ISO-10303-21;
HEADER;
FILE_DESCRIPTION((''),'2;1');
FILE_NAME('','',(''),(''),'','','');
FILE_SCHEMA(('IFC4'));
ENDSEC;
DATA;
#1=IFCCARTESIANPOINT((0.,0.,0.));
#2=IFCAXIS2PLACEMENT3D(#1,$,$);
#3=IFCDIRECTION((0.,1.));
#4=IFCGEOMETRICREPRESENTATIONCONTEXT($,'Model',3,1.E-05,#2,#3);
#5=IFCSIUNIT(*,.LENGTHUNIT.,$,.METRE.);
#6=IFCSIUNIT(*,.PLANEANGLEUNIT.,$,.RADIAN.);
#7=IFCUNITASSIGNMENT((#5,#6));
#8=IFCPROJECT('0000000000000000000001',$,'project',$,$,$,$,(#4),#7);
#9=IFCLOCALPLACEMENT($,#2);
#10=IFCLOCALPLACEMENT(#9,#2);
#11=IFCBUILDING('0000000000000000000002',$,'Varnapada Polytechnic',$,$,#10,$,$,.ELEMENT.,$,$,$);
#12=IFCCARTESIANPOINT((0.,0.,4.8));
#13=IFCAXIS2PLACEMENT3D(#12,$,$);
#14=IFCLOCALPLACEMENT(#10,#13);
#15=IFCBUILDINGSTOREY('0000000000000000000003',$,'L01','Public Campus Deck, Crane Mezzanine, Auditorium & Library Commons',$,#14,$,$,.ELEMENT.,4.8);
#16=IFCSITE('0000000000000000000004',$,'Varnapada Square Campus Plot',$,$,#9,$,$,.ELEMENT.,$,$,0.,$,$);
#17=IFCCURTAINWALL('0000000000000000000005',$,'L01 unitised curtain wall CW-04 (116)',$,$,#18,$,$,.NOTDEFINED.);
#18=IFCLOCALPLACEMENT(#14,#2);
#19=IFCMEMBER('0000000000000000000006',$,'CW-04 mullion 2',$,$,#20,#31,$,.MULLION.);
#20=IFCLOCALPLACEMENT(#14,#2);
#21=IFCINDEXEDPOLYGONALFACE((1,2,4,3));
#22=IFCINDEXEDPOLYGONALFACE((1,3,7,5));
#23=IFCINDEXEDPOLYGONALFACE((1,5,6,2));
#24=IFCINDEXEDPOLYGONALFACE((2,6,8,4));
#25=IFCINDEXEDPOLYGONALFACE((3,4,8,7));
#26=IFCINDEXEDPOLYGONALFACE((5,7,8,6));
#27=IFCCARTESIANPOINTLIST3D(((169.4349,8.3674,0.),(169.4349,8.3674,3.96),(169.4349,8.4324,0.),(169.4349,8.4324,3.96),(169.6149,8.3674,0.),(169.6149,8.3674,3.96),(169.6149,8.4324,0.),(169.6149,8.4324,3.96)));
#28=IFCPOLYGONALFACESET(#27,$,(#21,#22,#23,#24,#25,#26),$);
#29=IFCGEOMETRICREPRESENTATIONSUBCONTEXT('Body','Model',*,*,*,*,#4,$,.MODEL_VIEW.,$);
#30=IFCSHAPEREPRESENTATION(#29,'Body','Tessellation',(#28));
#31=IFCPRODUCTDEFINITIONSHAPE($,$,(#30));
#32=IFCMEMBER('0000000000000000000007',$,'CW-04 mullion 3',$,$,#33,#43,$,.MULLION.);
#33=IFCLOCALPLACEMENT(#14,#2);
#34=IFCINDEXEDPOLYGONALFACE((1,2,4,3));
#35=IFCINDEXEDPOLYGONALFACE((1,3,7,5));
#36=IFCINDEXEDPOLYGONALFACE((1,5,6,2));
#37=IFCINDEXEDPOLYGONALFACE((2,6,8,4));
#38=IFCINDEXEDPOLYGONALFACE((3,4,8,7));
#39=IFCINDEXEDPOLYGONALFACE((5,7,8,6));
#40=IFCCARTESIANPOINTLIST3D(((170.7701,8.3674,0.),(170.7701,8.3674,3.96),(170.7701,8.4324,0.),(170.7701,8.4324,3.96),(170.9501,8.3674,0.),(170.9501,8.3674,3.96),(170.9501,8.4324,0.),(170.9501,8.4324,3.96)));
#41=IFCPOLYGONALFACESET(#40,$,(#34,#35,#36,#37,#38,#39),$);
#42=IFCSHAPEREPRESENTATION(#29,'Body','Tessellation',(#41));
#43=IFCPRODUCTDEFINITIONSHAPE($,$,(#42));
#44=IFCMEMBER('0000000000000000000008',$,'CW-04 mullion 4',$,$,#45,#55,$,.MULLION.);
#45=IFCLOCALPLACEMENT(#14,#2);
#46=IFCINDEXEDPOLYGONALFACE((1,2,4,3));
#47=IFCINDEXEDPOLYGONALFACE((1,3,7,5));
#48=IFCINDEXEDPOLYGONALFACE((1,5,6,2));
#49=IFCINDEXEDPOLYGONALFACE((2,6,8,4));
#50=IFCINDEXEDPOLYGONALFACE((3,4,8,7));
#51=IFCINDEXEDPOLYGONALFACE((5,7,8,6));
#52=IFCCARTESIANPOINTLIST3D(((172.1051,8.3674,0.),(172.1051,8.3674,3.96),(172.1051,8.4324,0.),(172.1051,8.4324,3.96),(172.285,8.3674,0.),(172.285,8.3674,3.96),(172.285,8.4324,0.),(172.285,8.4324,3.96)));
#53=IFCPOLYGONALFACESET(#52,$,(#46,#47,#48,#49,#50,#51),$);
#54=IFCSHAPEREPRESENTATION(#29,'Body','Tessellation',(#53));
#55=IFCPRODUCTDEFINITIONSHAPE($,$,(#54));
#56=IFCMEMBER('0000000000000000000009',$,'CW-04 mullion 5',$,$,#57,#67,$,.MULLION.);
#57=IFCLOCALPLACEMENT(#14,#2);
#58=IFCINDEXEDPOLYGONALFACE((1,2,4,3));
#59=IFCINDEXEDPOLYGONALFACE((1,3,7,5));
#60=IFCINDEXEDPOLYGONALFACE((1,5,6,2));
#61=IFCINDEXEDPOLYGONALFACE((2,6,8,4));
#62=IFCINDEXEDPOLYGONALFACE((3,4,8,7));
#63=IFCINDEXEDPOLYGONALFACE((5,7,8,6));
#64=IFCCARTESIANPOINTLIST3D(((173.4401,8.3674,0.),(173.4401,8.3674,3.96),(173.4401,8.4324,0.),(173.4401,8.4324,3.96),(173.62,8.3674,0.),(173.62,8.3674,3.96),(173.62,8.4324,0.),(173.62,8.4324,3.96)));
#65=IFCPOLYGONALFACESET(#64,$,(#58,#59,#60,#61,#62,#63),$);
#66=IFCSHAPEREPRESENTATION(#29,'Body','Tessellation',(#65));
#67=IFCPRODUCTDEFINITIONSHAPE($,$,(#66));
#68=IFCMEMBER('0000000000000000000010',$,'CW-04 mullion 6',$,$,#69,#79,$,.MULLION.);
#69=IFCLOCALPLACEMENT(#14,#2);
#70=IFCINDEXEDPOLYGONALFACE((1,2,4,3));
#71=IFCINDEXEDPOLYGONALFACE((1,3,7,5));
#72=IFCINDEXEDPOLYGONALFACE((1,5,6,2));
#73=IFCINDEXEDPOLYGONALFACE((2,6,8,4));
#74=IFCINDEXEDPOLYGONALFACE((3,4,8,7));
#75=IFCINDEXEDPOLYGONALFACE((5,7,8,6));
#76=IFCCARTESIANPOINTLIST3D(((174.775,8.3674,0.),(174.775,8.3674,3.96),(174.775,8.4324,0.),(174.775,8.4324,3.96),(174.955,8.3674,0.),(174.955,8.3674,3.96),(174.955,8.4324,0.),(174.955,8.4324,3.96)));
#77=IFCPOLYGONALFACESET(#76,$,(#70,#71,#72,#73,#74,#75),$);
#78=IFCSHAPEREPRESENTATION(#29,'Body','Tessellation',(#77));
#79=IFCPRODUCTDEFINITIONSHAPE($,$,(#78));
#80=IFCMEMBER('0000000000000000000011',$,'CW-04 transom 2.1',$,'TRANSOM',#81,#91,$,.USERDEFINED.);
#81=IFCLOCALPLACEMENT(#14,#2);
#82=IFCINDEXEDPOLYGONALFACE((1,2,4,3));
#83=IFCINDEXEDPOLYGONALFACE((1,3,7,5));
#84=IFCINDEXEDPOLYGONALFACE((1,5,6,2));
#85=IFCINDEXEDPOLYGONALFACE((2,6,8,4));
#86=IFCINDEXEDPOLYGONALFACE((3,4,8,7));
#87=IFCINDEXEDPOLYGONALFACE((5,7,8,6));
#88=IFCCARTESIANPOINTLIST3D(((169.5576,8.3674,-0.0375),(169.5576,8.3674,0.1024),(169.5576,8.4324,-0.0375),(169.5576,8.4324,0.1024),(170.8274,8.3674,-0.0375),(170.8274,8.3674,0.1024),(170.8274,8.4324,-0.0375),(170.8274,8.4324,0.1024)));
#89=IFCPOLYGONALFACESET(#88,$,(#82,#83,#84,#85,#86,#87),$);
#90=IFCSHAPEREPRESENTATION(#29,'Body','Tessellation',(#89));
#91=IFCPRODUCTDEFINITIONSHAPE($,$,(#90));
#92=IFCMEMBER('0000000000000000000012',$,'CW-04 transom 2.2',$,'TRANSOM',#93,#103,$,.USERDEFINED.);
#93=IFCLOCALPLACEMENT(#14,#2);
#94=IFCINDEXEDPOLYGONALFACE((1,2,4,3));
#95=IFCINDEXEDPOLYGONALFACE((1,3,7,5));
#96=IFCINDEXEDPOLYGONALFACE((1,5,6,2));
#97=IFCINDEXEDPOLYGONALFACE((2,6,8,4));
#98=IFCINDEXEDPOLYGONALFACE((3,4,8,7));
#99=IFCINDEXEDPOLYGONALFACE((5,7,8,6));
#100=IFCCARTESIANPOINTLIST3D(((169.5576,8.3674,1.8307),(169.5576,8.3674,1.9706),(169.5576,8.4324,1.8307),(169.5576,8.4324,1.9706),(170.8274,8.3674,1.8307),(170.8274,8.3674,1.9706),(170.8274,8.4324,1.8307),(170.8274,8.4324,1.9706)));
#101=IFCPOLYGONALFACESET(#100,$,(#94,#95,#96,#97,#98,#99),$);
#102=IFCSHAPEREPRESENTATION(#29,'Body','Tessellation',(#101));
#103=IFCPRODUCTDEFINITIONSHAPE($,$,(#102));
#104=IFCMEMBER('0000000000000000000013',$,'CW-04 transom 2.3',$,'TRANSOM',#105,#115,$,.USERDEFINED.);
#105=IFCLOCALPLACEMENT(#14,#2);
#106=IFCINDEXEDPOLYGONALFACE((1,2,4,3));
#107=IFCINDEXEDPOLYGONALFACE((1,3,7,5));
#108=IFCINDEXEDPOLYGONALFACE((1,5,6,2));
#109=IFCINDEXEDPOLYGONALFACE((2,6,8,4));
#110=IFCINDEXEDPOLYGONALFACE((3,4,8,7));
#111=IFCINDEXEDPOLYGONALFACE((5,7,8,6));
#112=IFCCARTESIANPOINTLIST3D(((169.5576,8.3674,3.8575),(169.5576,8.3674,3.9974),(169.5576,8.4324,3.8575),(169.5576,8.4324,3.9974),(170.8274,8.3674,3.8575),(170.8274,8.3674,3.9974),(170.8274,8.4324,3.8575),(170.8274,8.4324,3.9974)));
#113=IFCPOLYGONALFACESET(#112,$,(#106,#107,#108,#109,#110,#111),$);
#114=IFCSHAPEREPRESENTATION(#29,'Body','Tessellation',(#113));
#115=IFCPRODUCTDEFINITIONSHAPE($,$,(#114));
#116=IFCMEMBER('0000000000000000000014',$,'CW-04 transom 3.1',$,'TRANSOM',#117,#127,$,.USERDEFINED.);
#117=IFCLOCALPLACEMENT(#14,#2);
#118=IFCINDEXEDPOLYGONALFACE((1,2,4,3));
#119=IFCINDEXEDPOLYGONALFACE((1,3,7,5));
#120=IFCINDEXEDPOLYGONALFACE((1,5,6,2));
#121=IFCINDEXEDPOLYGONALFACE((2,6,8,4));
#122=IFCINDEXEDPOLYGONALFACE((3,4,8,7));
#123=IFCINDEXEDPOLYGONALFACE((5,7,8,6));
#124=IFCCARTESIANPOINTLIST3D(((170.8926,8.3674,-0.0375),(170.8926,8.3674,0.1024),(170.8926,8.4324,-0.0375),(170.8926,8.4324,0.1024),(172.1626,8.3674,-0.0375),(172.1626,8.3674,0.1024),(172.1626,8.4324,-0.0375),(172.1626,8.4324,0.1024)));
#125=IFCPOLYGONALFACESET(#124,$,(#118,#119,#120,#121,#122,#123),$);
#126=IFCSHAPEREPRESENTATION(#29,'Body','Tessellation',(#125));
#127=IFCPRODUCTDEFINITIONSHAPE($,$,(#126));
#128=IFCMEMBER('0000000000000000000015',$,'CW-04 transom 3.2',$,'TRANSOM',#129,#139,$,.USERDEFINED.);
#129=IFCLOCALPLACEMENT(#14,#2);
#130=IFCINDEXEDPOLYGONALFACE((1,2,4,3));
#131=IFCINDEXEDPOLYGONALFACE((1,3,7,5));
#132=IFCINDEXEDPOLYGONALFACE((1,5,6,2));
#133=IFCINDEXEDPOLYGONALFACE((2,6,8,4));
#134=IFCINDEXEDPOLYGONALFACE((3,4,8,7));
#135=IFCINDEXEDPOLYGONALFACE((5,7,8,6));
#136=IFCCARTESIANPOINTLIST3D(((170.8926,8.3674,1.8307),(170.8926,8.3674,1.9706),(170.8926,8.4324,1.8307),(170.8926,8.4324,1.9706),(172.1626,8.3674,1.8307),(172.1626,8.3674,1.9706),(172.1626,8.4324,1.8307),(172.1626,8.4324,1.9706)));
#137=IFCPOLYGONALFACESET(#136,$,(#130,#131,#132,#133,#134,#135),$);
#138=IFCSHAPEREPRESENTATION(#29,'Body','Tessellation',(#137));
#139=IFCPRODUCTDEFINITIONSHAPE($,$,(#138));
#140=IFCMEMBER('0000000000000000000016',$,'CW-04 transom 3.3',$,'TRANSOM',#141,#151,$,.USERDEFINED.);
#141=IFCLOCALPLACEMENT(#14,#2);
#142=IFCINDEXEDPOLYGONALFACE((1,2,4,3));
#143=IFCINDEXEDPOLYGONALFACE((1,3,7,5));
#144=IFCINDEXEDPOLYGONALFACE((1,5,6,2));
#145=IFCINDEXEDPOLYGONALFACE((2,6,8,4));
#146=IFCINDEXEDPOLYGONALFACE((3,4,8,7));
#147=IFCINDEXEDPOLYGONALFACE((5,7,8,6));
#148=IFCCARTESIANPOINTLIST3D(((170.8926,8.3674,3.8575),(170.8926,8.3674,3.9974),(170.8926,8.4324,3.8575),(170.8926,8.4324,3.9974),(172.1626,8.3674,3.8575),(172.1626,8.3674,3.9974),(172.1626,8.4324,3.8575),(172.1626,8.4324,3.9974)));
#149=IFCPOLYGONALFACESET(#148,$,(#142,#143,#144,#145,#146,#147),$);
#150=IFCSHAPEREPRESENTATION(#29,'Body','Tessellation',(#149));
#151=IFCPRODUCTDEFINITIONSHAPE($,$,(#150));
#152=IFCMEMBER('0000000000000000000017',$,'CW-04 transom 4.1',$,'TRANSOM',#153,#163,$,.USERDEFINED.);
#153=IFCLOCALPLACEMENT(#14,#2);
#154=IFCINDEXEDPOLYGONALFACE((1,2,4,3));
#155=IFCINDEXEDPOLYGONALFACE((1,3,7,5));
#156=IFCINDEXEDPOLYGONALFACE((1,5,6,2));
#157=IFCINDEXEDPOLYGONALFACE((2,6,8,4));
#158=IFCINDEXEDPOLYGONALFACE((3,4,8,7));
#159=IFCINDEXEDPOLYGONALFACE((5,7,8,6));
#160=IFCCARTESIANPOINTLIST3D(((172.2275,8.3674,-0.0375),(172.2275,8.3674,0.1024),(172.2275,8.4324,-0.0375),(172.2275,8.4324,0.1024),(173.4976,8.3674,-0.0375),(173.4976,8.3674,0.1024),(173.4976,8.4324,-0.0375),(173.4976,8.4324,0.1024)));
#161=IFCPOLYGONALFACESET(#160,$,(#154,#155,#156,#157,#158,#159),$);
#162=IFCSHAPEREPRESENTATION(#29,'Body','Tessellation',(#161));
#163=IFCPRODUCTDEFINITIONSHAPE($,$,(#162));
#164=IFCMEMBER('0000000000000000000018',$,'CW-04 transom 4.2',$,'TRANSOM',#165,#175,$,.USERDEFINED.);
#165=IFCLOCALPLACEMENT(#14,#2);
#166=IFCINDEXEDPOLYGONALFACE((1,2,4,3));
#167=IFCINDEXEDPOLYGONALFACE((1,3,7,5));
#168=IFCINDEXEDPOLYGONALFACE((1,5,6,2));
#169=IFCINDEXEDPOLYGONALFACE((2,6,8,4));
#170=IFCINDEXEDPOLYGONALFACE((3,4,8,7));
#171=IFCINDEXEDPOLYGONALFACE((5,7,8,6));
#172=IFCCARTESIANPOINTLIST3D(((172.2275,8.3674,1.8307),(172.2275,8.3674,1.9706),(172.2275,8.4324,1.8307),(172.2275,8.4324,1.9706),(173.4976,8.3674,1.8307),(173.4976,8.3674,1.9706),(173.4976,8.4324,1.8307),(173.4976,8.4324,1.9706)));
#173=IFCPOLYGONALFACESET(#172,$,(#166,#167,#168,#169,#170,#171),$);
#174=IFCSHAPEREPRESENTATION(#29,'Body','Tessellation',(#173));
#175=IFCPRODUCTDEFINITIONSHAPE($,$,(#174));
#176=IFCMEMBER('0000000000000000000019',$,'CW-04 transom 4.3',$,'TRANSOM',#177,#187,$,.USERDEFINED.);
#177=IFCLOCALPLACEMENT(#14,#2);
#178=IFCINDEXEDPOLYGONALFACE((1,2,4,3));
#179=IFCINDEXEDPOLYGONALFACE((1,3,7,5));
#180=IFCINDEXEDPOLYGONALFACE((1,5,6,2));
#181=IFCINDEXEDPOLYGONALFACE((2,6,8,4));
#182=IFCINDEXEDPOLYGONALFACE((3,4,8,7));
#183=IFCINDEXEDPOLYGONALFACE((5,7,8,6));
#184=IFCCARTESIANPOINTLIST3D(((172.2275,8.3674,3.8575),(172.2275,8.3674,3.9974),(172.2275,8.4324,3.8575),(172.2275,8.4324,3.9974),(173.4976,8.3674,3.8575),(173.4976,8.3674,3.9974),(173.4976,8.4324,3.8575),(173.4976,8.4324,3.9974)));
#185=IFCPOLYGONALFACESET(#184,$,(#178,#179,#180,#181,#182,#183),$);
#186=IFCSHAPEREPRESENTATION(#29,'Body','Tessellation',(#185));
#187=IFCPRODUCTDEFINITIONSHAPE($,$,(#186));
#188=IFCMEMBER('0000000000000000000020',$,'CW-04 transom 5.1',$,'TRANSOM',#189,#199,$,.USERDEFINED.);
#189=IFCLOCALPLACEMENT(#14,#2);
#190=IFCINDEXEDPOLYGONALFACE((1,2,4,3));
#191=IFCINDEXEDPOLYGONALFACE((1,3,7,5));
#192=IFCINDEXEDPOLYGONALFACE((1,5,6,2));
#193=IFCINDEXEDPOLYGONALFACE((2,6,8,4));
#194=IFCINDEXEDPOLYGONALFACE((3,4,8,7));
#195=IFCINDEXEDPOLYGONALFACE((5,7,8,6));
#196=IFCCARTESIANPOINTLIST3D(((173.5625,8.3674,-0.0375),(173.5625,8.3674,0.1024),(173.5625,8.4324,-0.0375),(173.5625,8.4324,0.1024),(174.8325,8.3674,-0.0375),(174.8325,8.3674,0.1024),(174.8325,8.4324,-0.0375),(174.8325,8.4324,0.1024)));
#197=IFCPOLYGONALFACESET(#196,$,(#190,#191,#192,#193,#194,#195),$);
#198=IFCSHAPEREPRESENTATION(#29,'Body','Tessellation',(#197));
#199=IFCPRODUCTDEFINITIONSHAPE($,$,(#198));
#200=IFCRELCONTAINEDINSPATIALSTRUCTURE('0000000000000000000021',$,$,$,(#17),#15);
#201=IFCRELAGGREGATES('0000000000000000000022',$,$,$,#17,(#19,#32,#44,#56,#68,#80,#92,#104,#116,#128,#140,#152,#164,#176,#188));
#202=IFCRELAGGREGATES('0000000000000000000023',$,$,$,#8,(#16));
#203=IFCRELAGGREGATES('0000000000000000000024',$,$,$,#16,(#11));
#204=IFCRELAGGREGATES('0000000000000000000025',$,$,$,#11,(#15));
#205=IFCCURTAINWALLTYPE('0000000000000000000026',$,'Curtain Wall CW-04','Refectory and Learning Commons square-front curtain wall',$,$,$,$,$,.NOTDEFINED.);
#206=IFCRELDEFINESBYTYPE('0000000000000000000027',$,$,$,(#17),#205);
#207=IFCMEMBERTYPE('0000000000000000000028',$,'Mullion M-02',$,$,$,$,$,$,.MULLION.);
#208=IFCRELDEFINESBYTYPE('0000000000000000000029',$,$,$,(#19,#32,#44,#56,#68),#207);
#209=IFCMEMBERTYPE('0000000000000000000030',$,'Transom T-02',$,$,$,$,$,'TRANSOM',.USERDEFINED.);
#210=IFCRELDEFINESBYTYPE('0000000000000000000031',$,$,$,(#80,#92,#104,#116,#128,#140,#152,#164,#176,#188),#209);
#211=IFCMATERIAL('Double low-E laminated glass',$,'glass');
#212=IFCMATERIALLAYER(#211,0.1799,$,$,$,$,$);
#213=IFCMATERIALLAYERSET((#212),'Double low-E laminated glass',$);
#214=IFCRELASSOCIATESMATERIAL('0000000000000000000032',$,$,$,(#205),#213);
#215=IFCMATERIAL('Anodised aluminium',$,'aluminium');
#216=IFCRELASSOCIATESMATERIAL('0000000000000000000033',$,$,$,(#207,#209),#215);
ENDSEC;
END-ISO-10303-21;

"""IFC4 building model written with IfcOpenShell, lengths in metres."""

from ifc_helpers import new_model, si_unit, direction, frame, origin, origin_2d, place, context, subcontext, project, spatial, rectangle, extrude, material, layer, layer_set, material_profile, profile_set, type_object, element, aggregate, save


model = new_model("IFC4")

# Units and contexts
model_context = context("Model", 3, precision=1e-05, world=origin(), true_north=direction((0.0, 1.0)))
body_context = subcontext(model_context, "Body", "Model", "MODEL_VIEW")
ifc_project = project(units=[si_unit("LENGTHUNIT", "METRE"), si_unit("PLANEANGLEUNIT", "RADIAN")], contexts=[model_context])

# Site, building, storey
site_placement = place(None, origin())
site = spatial("IfcSite", under=ifc_project, at=site_placement, Name="Varnapada Square Campus Plot", CompositionType="ELEMENT", RefElevation=0.0)
building_placement = place(site_placement, origin())
building = spatial("IfcBuilding", under=site, at=building_placement, Name="Varnapada Polytechnic", CompositionType="ELEMENT")
storey_placement = place(building_placement, frame((0.0, 0.0, 4.8)))
storey = spatial("IfcBuildingStorey", under=building, at=storey_placement, Name="L01", Description="Public Campus Deck, Crane Mezzanine, Auditorium & Library Commons", CompositionType="ELEMENT", Elevation=4.8)

# Curtain wall, members
ifc_material_1 = material(Name="Double low-E laminated glass", Category="glass")
ifc_layer_1 = layer(ifc_material_1, 0.1799)
ifc_layer_set_1 = layer_set([ifc_layer_1], Name="Double low-E laminated glass")
curtain_wall_type = type_object("IfcCurtainWallType", Name="Curtain Wall CW-04", Description="Refectory and Learning Commons square-front curtain wall", PredefinedType="NOTDEFINED", material=ifc_layer_set_1)
curtain_wall_placement = place(storey_placement, origin())
curtain_wall = element("IfcCurtainWall", 1, at=curtain_wall_placement, inside=storey, type_object=curtain_wall_type, Name="L01 unitised curtain wall CW-04 (116)", PredefinedType="NOTDEFINED")
ifc_material_2 = material(Name="Anodised aluminium", Category="aluminium")
ifc_material_profile_1 = material_profile(ifc_material_2, rectangle(XDim=0.0649, YDim=0.1799, at=origin_2d()), Name="ALU M65x180")
ifc_profile_set_1 = profile_set([ifc_material_profile_1], Name="Anodised aluminium")
member_type_1 = type_object("IfcMemberType", Name="Mullion M-02", PredefinedType="MULLION", material=ifc_profile_set_1)
member_1_placement = place(storey_placement, frame((169.5249, 8.3999, 0.0), z_axis=(0.0, 0.0, 1.0), x_axis=(0.0, 1.0, 0.0)))
member_1 = element("IfcMember", 2, at=member_1_placement, type_object=member_type_1, Name="CW-04 mullion 2", PredefinedType="MULLION", context=body_context, shape_type="SweptSolid", body=[
    extrude(rectangle(XDim=0.0649, YDim=0.1799, at=origin_2d()), origin(), (0.0, 0.0, 1.0), 3.96),
])
member_2_placement = place(storey_placement, frame((170.8601, 8.3999, 0.0), z_axis=(0.0, 0.0, 1.0), x_axis=(0.0, 1.0, 0.0)))
member_2 = element("IfcMember", 3, at=member_2_placement, type_object=member_type_1, Name="CW-04 mullion 3", PredefinedType="MULLION", context=body_context, shape_type="SweptSolid", body=[
    extrude(rectangle(XDim=0.0649, YDim=0.1799, at=origin_2d()), origin(), (0.0, 0.0, 1.0), 3.96),
])
member_3_placement = place(storey_placement, frame((172.1951, 8.3999, 0.0), z_axis=(0.0, 0.0, 1.0), x_axis=(0.0, 1.0, 0.0)))
member_3 = element("IfcMember", 4, at=member_3_placement, type_object=member_type_1, Name="CW-04 mullion 4", PredefinedType="MULLION", context=body_context, shape_type="SweptSolid", body=[
    extrude(rectangle(XDim=0.0649, YDim=0.1799, at=origin_2d()), origin(), (0.0, 0.0, 1.0), 3.96),
])
member_4_placement = place(storey_placement, frame((173.53, 8.3999, 0.0), z_axis=(0.0, 0.0, 1.0), x_axis=(0.0, 1.0, 0.0)))
member_4 = element("IfcMember", 5, at=member_4_placement, type_object=member_type_1, Name="CW-04 mullion 5", PredefinedType="MULLION", context=body_context, shape_type="SweptSolid", body=[
    extrude(rectangle(XDim=0.0649, YDim=0.1799, at=origin_2d()), origin(), (0.0, 0.0, 1.0), 3.96),
])
member_5_placement = place(storey_placement, frame((174.865, 8.3999, 0.0), z_axis=(0.0, 0.0, 1.0), x_axis=(0.0, 1.0, 0.0)))
member_5 = element("IfcMember", 6, at=member_5_placement, type_object=member_type_1, Name="CW-04 mullion 6", PredefinedType="MULLION", context=body_context, shape_type="SweptSolid", body=[
    extrude(rectangle(XDim=0.0649, YDim=0.1799, at=origin_2d()), origin(), (0.0, 0.0, 1.0), 3.96),
])
ifc_material_profile_2 = material_profile(ifc_material_2, rectangle(XDim=0.0649, YDim=0.1399, at=origin_2d()), Name="ALU T65x140")
ifc_profile_set_2 = profile_set([ifc_material_profile_2], Name="Anodised aluminium")
member_type_2 = type_object("IfcMemberType", Name="Transom T-02", ElementType="TRANSOM", PredefinedType="USERDEFINED", material=ifc_profile_set_2)
member_6_placement = place(storey_placement, frame((169.5576, 8.3999, 0.0325), z_axis=(1.0, 0.0, 0.0), x_axis=(0.0, 1.0, 0.0)))
member_6 = element("IfcMember", 7, at=member_6_placement, type_object=member_type_2, Name="CW-04 transom 2.1", ObjectType="TRANSOM", PredefinedType="USERDEFINED", context=body_context, shape_type="SweptSolid", body=[
    extrude(rectangle(XDim=0.0649, YDim=0.1399, at=origin_2d()), origin(), (0.0, 0.0, 1.0), 1.2698),
])
member_7_placement = place(storey_placement, frame((169.5576, 8.3999, 1.9006), z_axis=(1.0, 0.0, 0.0), x_axis=(0.0, 1.0, 0.0)))
member_7 = element("IfcMember", 8, at=member_7_placement, type_object=member_type_2, Name="CW-04 transom 2.2", ObjectType="TRANSOM", PredefinedType="USERDEFINED", context=body_context, shape_type="SweptSolid", body=[
    extrude(rectangle(XDim=0.0649, YDim=0.1399, at=origin_2d()), origin(), (0.0, 0.0, 1.0), 1.2698),
])
member_8_placement = place(storey_placement, frame((169.5576, 8.3999, 3.9275), z_axis=(1.0, 0.0, 0.0), x_axis=(0.0, 1.0, 0.0)))
member_8 = element("IfcMember", 9, at=member_8_placement, type_object=member_type_2, Name="CW-04 transom 2.3", ObjectType="TRANSOM", PredefinedType="USERDEFINED", context=body_context, shape_type="SweptSolid", body=[
    extrude(rectangle(XDim=0.0649, YDim=0.1399, at=origin_2d()), origin(), (0.0, 0.0, 1.0), 1.2698),
])
member_9_placement = place(storey_placement, frame((170.8926, 8.3999, 0.0325), z_axis=(1.0, 0.0, 0.0), x_axis=(0.0, 1.0, 0.0)))
member_9 = element("IfcMember", 10, at=member_9_placement, type_object=member_type_2, Name="CW-04 transom 3.1", ObjectType="TRANSOM", PredefinedType="USERDEFINED", context=body_context, shape_type="SweptSolid", body=[
    extrude(rectangle(XDim=0.0649, YDim=0.1399, at=origin_2d()), origin(), (0.0, 0.0, 1.0), 1.27),
])
member_10_placement = place(storey_placement, frame((170.8926, 8.3999, 1.9006), z_axis=(1.0, 0.0, 0.0), x_axis=(0.0, 1.0, 0.0)))
member_10 = element("IfcMember", 11, at=member_10_placement, type_object=member_type_2, Name="CW-04 transom 3.2", ObjectType="TRANSOM", PredefinedType="USERDEFINED", context=body_context, shape_type="SweptSolid", body=[
    extrude(rectangle(XDim=0.0649, YDim=0.1399, at=origin_2d()), origin(), (0.0, 0.0, 1.0), 1.27),
])
member_11_placement = place(storey_placement, frame((170.8926, 8.3999, 3.9275), z_axis=(1.0, 0.0, 0.0), x_axis=(0.0, 1.0, 0.0)))
member_11 = element("IfcMember", 12, at=member_11_placement, type_object=member_type_2, Name="CW-04 transom 3.3", ObjectType="TRANSOM", PredefinedType="USERDEFINED", context=body_context, shape_type="SweptSolid", body=[
    extrude(rectangle(XDim=0.0649, YDim=0.1399, at=origin_2d()), origin(), (0.0, 0.0, 1.0), 1.27),
])
member_12_placement = place(storey_placement, frame((172.2275, 8.3999, 0.0325), z_axis=(1.0, 0.0, 0.0), x_axis=(0.0, 1.0, 0.0)))
member_12 = element("IfcMember", 13, at=member_12_placement, type_object=member_type_2, Name="CW-04 transom 4.1", ObjectType="TRANSOM", PredefinedType="USERDEFINED", context=body_context, shape_type="SweptSolid", body=[
    extrude(rectangle(XDim=0.0649, YDim=0.1399, at=origin_2d()), origin(), (0.0, 0.0, 1.0), 1.27),
])
member_13_placement = place(storey_placement, frame((172.2275, 8.3999, 1.9006), z_axis=(1.0, 0.0, 0.0), x_axis=(0.0, 1.0, 0.0)))
member_13 = element("IfcMember", 14, at=member_13_placement, type_object=member_type_2, Name="CW-04 transom 4.2", ObjectType="TRANSOM", PredefinedType="USERDEFINED", context=body_context, shape_type="SweptSolid", body=[
    extrude(rectangle(XDim=0.0649, YDim=0.1399, at=origin_2d()), origin(), (0.0, 0.0, 1.0), 1.27),
])
member_14_placement = place(storey_placement, frame((172.2275, 8.3999, 3.9275), z_axis=(1.0, 0.0, 0.0), x_axis=(0.0, 1.0, 0.0)))
member_14 = element("IfcMember", 15, at=member_14_placement, type_object=member_type_2, Name="CW-04 transom 4.3", ObjectType="TRANSOM", PredefinedType="USERDEFINED", context=body_context, shape_type="SweptSolid", body=[
    extrude(rectangle(XDim=0.0649, YDim=0.1399, at=origin_2d()), origin(), (0.0, 0.0, 1.0), 1.27),
])
member_15_placement = place(storey_placement, frame((173.5625, 8.3999, 0.0325), z_axis=(1.0, 0.0, 0.0), x_axis=(0.0, 1.0, 0.0)))
member_15 = element("IfcMember", 16, at=member_15_placement, type_object=member_type_2, Name="CW-04 transom 5.1", ObjectType="TRANSOM", PredefinedType="USERDEFINED", context=body_context, shape_type="SweptSolid", body=[
    extrude(rectangle(XDim=0.0649, YDim=0.1399, at=origin_2d()), origin(), (0.0, 0.0, 1.0), 1.27),
])
aggregate(curtain_wall, [member_1, member_2, member_3, member_4, member_5, member_6, member_7, member_8, member_9, member_10, member_11, member_12, member_13, member_14, member_15])

save(model, "model.ifc")
